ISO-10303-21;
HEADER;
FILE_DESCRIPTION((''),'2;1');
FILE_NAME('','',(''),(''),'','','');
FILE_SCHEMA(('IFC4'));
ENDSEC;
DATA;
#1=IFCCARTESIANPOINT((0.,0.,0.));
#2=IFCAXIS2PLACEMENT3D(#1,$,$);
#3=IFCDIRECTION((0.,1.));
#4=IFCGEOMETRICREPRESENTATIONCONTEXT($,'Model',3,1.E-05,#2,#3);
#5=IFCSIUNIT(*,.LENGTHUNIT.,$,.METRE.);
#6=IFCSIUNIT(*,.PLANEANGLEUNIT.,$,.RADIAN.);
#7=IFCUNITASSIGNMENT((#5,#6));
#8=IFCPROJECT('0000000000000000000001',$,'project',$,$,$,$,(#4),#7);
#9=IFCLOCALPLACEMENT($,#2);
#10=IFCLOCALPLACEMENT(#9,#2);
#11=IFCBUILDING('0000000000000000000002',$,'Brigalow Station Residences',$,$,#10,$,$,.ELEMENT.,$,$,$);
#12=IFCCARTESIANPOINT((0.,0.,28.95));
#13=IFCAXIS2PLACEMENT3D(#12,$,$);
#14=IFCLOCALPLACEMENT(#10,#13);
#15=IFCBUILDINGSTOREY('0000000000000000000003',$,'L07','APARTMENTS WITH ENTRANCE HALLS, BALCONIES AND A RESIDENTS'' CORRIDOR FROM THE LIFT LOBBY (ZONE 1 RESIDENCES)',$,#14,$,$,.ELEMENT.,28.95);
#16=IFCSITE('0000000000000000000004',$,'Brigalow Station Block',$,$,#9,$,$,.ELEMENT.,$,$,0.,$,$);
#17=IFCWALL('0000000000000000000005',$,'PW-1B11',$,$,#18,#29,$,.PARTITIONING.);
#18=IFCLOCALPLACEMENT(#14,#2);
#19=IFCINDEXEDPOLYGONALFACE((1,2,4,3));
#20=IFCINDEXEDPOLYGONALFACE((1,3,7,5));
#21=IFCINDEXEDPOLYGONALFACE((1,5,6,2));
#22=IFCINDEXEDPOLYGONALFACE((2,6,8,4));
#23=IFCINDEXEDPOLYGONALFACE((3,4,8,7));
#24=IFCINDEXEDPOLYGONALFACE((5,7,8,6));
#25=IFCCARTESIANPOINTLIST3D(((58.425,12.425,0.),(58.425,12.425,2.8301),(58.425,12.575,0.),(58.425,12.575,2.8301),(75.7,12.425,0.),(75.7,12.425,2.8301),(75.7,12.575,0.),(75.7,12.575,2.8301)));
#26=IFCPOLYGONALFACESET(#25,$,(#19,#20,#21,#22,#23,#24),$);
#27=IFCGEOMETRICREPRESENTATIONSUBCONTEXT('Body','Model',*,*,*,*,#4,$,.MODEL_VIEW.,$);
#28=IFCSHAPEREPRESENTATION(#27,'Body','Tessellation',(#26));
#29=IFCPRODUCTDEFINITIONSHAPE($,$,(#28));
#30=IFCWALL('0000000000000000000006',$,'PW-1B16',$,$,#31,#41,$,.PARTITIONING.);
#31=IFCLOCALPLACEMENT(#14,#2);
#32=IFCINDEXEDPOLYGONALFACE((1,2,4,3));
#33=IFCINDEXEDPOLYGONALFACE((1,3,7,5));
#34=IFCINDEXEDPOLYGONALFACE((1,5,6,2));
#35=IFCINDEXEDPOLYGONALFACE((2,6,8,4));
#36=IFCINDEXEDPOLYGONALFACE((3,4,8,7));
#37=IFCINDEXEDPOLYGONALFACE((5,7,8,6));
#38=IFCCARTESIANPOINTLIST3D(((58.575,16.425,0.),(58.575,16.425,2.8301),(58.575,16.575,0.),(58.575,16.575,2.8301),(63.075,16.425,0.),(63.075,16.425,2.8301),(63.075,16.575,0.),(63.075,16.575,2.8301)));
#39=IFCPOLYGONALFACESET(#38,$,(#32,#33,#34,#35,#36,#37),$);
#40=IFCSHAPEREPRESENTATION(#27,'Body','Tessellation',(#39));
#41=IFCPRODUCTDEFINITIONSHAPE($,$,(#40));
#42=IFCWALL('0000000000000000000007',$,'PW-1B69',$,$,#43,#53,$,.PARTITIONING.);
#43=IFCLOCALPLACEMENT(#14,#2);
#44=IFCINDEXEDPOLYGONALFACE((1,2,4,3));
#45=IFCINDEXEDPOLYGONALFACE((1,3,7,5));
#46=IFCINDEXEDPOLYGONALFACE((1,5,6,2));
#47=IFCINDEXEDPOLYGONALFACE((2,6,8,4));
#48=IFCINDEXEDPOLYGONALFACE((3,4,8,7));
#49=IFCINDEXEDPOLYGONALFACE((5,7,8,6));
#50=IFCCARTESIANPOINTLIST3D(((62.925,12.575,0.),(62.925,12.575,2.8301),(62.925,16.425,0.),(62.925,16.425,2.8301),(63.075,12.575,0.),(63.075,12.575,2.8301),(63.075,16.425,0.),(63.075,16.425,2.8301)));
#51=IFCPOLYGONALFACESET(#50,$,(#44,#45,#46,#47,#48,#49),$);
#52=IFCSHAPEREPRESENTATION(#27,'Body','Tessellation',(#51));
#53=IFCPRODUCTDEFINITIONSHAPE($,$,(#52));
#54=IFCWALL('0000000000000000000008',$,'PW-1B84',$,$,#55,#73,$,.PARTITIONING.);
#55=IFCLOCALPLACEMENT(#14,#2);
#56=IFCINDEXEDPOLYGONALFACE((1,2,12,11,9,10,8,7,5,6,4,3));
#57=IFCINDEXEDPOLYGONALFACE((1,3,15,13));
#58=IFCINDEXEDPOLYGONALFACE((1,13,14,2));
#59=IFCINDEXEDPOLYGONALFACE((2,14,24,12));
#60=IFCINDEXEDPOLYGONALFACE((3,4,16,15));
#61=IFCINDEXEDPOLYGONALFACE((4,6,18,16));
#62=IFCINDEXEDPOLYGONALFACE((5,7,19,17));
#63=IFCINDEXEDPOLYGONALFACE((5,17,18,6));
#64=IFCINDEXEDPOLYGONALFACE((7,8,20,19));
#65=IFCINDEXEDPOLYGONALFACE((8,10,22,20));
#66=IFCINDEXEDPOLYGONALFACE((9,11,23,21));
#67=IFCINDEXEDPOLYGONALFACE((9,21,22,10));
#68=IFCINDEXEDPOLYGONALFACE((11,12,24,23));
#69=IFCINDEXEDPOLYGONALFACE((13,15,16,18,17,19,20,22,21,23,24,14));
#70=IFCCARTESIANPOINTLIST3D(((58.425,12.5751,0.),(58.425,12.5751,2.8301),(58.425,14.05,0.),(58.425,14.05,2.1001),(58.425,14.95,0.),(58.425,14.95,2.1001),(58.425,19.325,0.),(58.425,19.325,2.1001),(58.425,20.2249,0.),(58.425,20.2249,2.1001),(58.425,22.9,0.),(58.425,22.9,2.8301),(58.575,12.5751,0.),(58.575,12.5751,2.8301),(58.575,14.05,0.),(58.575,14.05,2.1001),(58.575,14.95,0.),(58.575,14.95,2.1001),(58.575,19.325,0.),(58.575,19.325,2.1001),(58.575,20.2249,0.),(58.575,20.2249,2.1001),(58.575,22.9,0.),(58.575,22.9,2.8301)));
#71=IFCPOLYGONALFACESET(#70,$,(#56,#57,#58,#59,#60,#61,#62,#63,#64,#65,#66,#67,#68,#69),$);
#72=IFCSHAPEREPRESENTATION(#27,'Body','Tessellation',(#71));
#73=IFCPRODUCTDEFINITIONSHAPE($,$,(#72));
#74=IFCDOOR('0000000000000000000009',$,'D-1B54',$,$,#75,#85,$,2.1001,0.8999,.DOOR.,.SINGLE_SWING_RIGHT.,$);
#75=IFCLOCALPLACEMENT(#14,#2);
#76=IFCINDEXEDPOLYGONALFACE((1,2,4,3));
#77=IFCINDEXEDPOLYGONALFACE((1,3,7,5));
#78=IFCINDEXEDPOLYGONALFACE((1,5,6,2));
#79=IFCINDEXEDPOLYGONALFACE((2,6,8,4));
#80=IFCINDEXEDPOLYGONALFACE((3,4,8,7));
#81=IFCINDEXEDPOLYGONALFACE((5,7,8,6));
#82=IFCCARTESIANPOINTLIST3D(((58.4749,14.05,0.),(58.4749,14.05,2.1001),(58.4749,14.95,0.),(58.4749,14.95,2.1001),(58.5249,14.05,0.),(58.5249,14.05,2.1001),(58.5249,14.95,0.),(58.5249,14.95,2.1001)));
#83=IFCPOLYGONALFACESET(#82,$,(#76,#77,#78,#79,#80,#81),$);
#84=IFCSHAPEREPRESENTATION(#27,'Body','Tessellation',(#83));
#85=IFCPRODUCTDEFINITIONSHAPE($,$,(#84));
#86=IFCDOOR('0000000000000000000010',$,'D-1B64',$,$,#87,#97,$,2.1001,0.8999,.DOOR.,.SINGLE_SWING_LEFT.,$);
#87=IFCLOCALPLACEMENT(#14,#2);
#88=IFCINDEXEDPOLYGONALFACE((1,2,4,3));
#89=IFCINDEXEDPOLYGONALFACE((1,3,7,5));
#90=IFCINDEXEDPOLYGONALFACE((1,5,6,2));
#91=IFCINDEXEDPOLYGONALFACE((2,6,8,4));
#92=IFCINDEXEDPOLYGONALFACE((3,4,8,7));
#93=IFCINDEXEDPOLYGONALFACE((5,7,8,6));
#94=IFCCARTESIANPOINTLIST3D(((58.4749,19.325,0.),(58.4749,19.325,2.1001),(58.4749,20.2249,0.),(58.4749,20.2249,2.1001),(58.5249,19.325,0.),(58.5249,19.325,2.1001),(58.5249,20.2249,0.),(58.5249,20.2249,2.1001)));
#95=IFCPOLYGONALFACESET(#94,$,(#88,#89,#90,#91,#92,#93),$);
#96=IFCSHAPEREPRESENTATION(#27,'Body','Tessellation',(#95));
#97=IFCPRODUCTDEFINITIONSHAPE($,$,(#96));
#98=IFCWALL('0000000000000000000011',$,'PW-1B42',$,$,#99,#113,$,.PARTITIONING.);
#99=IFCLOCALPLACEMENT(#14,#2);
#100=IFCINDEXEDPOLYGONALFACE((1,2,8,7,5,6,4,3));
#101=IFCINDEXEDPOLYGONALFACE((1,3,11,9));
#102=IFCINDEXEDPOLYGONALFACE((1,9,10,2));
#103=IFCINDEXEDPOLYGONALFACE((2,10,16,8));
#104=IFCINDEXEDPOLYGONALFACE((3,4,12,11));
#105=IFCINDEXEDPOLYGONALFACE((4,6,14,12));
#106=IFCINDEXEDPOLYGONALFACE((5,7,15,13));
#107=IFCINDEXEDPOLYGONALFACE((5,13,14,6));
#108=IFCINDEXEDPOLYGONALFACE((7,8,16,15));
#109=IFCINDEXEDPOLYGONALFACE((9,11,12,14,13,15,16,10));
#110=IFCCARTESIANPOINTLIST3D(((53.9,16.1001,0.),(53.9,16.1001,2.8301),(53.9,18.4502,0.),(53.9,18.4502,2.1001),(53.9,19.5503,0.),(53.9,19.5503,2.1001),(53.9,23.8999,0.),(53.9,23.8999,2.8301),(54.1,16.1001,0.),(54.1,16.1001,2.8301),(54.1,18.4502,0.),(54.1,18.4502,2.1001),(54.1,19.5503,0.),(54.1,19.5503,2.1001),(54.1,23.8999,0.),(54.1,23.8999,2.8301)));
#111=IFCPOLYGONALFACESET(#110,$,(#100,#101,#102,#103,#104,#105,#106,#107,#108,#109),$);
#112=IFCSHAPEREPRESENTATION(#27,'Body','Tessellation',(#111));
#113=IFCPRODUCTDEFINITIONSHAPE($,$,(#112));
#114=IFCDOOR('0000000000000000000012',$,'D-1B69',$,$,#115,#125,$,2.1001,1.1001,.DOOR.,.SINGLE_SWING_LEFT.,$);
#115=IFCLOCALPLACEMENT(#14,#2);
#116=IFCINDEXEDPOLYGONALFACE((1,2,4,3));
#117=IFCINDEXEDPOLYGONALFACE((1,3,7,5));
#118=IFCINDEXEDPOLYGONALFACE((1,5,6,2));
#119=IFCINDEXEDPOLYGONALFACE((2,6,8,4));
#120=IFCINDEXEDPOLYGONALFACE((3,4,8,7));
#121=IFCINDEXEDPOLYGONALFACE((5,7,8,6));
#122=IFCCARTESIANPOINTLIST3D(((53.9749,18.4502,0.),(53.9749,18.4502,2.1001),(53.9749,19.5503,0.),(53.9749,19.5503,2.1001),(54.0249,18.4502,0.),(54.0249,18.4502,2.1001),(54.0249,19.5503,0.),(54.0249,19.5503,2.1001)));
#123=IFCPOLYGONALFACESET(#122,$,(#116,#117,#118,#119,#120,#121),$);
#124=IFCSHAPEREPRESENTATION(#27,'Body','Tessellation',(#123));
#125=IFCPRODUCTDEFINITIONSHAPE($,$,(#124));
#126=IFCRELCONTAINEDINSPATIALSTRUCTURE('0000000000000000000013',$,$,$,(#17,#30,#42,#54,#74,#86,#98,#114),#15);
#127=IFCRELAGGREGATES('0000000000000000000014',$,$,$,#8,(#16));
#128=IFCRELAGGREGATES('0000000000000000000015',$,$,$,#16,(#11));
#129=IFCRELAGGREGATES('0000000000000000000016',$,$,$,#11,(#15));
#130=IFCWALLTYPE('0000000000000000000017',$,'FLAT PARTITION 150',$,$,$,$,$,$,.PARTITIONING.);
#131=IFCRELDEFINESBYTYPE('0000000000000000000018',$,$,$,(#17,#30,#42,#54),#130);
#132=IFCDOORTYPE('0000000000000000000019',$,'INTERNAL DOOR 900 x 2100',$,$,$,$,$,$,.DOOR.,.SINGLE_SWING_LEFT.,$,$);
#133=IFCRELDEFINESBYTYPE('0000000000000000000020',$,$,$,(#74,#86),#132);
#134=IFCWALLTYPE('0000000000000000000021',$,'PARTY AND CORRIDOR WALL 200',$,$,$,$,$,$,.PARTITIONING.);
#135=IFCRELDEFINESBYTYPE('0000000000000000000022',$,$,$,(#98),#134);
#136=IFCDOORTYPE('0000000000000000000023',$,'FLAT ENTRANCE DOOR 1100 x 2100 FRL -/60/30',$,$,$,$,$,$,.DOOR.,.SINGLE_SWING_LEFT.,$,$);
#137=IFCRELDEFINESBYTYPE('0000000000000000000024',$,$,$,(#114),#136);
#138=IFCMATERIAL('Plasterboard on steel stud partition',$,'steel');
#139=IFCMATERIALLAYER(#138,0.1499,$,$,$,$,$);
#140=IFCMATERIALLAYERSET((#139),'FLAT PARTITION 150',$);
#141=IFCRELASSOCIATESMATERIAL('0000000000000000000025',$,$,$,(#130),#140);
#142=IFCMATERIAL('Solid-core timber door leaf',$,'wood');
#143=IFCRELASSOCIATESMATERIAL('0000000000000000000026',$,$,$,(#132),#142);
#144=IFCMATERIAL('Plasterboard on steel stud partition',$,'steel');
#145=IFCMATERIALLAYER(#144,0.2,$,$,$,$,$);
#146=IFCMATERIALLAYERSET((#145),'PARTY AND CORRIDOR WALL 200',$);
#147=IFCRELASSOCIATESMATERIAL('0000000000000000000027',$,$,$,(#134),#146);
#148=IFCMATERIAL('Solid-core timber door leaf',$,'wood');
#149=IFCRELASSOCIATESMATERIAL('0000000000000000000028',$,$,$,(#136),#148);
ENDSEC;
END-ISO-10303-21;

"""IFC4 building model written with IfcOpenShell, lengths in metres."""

from ifc_helpers import new_model, si_unit, direction, frame, frame_2d, origin, place, context, subcontext, project, spatial, rectangle, extrude, material, layer, layer_set, type_object, element, fill, save


model = new_model("IFC4")

# Units and contexts
model_context = context("Model", 3, precision=1e-05, world=origin(), true_north=direction((0.0, 1.0)))
body_context = subcontext(model_context, "Body", "Model", "MODEL_VIEW")
ifc_project = project(units=[si_unit("LENGTHUNIT", "METRE"), si_unit("PLANEANGLEUNIT", "RADIAN")], contexts=[model_context])

# Site, building, storey
site_placement = place(None, origin())
site = spatial("IfcSite", under=ifc_project, at=site_placement, Name="Brigalow Station Block", CompositionType="ELEMENT", RefElevation=0.0)
building_placement = place(site_placement, origin())
building = spatial("IfcBuilding", under=site, at=building_placement, Name="Brigalow Station Residences", CompositionType="ELEMENT")
storey_placement = place(building_placement, frame((0.0, 0.0, 28.95)))
storey = spatial("IfcBuildingStorey", under=building, at=storey_placement, Name="L07", Description="APARTMENTS WITH ENTRANCE HALLS, BALCONIES AND A RESIDENTS' CORRIDOR FROM THE LIFT LOBBY (ZONE 1 RESIDENCES)", CompositionType="ELEMENT", Elevation=28.95)

# Shared definitions
ifc_material_1 = material(Name="Plasterboard on steel stud partition", Category="steel")
ifc_layer_1 = layer(ifc_material_1, 0.1499)
ifc_layer_set_1 = layer_set([ifc_layer_1], Name="FLAT PARTITION 150")
wall_type_1 = type_object("IfcWallType", Name="FLAT PARTITION 150", PredefinedType="PARTITIONING", material=ifc_layer_set_1)
ifc_material_2 = material(Name="Solid-core timber door leaf", Category="wood")
door_type_1 = type_object("IfcDoorType", Name="INTERNAL DOOR 900 x 2100", OperationType="SINGLE_SWING_LEFT", PredefinedType="DOOR", material=ifc_material_2)

# Walls
wall_1_placement = place(storey_placement, frame((58.425, 12.5, 0.0), z_axis=(0.0, 0.0, 1.0), x_axis=(1.0, 0.0, 0.0)))
element("IfcWall", 1, at=wall_1_placement, inside=storey, type_object=wall_type_1, Name="PW-1B11", PredefinedType="PARTITIONING", context=body_context, shape_type="SweptSolid", body=[
    extrude(rectangle(XDim=17.2749, YDim=0.1499, at=frame_2d((8.6375, 0.0))), origin(), (0.0, 0.0, 1.0), 2.8301),
])
wall_2_placement = place(storey_placement, frame((58.575, 16.5, 0.0), z_axis=(0.0, 0.0, 1.0), x_axis=(1.0, 0.0, 0.0)))
element("IfcWall", 2, at=wall_2_placement, inside=storey, type_object=wall_type_1, Name="PW-1B16", PredefinedType="PARTITIONING", context=body_context, shape_type="SweptSolid", body=[
    extrude(rectangle(XDim=4.5, YDim=0.1499, at=frame_2d((2.25, 0.0))), origin(), (0.0, 0.0, 1.0), 2.8301),
])
wall_3_placement = place(storey_placement, frame((63.0, 12.575, 0.0), z_axis=(0.0, 0.0, 1.0), x_axis=(0.0, 1.0, 0.0)))
element("IfcWall", 3, at=wall_3_placement, inside=storey, type_object=wall_type_1, Name="PW-1B69", PredefinedType="PARTITIONING", context=body_context, shape_type="SweptSolid", body=[
    extrude(rectangle(XDim=3.8501, YDim=0.1499, at=frame_2d((1.925, 0.0))), origin(), (0.0, 0.0, 1.0), 2.8301),
])

# Wall, openings, doors
wall_4_placement = place(storey_placement, frame((58.5, 12.575, 0.0), z_axis=(0.0, 0.0, 1.0), x_axis=(0.0, 1.0, 0.0)))
wall_4 = element("IfcWall", 4, at=wall_4_placement, inside=storey, type_object=wall_type_1, Name="PW-1B84", PredefinedType="PARTITIONING", context=body_context, shape_type="SweptSolid", body=[
    extrude(rectangle(XDim=10.325, YDim=0.1499, at=frame_2d((5.1626, 0.0))), origin(), (0.0, 0.0, 1.0), 2.8301),
])
opening_1_placement = place(wall_4_placement, frame((1.4751, 0.0, 0.0)))
opening_1 = element("IfcOpeningElement", 5, at=opening_1_placement, cuts=wall_4, PredefinedType="OPENING", context=body_context, shape_type="SweptSolid", body=[
    extrude(rectangle(XDim=0.8999, YDim=2.1001, at=frame_2d((0.45, 1.05))), frame((0.0, 0.085, 0.0), z_axis=(0.0, -1.0, 0.0), x_axis=(1.0, 0.0, 0.0)), (0.0, 0.0, 1.0), 0.1699),
])
opening_2_placement = place(wall_4_placement, frame((6.75, 0.0, 0.0)))
opening_2 = element("IfcOpeningElement", 6, at=opening_2_placement, cuts=wall_4, PredefinedType="OPENING", context=body_context, shape_type="SweptSolid", body=[
    extrude(rectangle(XDim=0.8999, YDim=2.1001, at=frame_2d((0.45, 1.05))), frame((0.0, 0.085, 0.0), z_axis=(0.0, -1.0, 0.0), x_axis=(1.0, 0.0, 0.0)), (0.0, 0.0, 1.0), 0.1699),
])
door_1_placement = place(opening_1_placement, frame((0.8999, 0.0, 0.0), z_axis=(0.0, 0.0, 1.0), x_axis=(-1.0, 0.0, 0.0)))
door_1 = element("IfcDoor", 7, at=door_1_placement, inside=storey, type_object=door_type_1, Name="D-1B54", OperationType="SINGLE_SWING_RIGHT", OverallHeight=2.1001, OverallWidth=0.8999, PredefinedType="DOOR", context=body_context, shape_type="SweptSolid", body=[
    extrude(rectangle(XDim=0.8999, YDim=2.1001, at=frame_2d((0.45, 1.05))), frame((0.0, 0.0249, 0.0), z_axis=(0.0, -1.0, 0.0), x_axis=(1.0, 0.0, 0.0)), (0.0, 0.0, 1.0), 0.05),
])
fill(opening_1, door_1)
door_2_placement = place(opening_2_placement, frame((0.8999, 0.0, 0.0), z_axis=(0.0, 0.0, 1.0), x_axis=(-1.0, 0.0, 0.0)))
door_2 = element("IfcDoor", 8, at=door_2_placement, inside=storey, type_object=door_type_1, Name="D-1B64", OperationType="SINGLE_SWING_LEFT", OverallHeight=2.1001, OverallWidth=0.8999, PredefinedType="DOOR", context=body_context, shape_type="SweptSolid", body=[
    extrude(rectangle(XDim=0.8999, YDim=2.1001, at=frame_2d((0.45, 1.05))), frame((0.0, 0.0249, 0.0), z_axis=(0.0, -1.0, 0.0), x_axis=(1.0, 0.0, 0.0)), (0.0, 0.0, 1.0), 0.05),
])
fill(opening_2, door_2)

# Wall, opening, door
ifc_material_3 = material(Name="Plasterboard on steel stud partition", Category="steel")
ifc_layer_2 = layer(ifc_material_3, 0.2)
ifc_layer_set_2 = layer_set([ifc_layer_2], Name="PARTY AND CORRIDOR WALL 200")
wall_type_2 = type_object("IfcWallType", Name="PARTY AND CORRIDOR WALL 200", PredefinedType="PARTITIONING", material=ifc_layer_set_2)
wall_5_placement = place(storey_placement, frame((54.0, 16.1001, 0.0), z_axis=(0.0, 0.0, 1.0), x_axis=(0.0, 1.0, 0.0)))
wall_5 = element("IfcWall", 9, at=wall_5_placement, inside=storey, type_object=wall_type_2, Name="PW-1B42", PredefinedType="PARTITIONING", context=body_context, shape_type="SweptSolid", body=[
    extrude(rectangle(XDim=7.7998, YDim=0.2, at=frame_2d((3.8999, 0.0))), origin(), (0.0, 0.0, 1.0), 2.8301),
])
opening_3_placement = place(wall_5_placement, frame((2.3501, 0.0, 0.0)))
opening_3 = element("IfcOpeningElement", 10, at=opening_3_placement, cuts=wall_5, PredefinedType="OPENING", context=body_context, shape_type="SweptSolid", body=[
    extrude(rectangle(XDim=1.1001, YDim=2.1001, at=frame_2d((0.55, 1.05))), frame((0.0, 0.1099, 0.0), z_axis=(0.0, -1.0, 0.0), x_axis=(1.0, 0.0, 0.0)), (0.0, 0.0, 1.0), 0.22),
])
ifc_material_4 = material(Name="Solid-core timber door leaf", Category="wood")
door_type_2 = type_object("IfcDoorType", Name="FLAT ENTRANCE DOOR 1100 x 2100 FRL -/60/30", OperationType="SINGLE_SWING_LEFT", PredefinedType="DOOR", material=ifc_material_4)
door_3_placement = place(opening_3_placement, frame((1.1001, 0.0, 0.0), z_axis=(0.0, 0.0, 1.0), x_axis=(-1.0, 0.0, 0.0)))
door_3 = element("IfcDoor", 11, at=door_3_placement, inside=storey, type_object=door_type_2, Name="D-1B69", OperationType="SINGLE_SWING_LEFT", OverallHeight=2.1001, OverallWidth=1.1001, PredefinedType="DOOR", context=body_context, shape_type="SweptSolid", body=[
    extrude(rectangle(XDim=1.1001, YDim=2.1001, at=frame_2d((0.55, 1.05))), frame((0.0, 0.0249, 0.0), z_axis=(0.0, -1.0, 0.0), x_axis=(1.0, 0.0, 0.0)), (0.0, 0.0, 1.0), 0.05),
])
fill(opening_3, door_3)

save(model, "model.ifc")
